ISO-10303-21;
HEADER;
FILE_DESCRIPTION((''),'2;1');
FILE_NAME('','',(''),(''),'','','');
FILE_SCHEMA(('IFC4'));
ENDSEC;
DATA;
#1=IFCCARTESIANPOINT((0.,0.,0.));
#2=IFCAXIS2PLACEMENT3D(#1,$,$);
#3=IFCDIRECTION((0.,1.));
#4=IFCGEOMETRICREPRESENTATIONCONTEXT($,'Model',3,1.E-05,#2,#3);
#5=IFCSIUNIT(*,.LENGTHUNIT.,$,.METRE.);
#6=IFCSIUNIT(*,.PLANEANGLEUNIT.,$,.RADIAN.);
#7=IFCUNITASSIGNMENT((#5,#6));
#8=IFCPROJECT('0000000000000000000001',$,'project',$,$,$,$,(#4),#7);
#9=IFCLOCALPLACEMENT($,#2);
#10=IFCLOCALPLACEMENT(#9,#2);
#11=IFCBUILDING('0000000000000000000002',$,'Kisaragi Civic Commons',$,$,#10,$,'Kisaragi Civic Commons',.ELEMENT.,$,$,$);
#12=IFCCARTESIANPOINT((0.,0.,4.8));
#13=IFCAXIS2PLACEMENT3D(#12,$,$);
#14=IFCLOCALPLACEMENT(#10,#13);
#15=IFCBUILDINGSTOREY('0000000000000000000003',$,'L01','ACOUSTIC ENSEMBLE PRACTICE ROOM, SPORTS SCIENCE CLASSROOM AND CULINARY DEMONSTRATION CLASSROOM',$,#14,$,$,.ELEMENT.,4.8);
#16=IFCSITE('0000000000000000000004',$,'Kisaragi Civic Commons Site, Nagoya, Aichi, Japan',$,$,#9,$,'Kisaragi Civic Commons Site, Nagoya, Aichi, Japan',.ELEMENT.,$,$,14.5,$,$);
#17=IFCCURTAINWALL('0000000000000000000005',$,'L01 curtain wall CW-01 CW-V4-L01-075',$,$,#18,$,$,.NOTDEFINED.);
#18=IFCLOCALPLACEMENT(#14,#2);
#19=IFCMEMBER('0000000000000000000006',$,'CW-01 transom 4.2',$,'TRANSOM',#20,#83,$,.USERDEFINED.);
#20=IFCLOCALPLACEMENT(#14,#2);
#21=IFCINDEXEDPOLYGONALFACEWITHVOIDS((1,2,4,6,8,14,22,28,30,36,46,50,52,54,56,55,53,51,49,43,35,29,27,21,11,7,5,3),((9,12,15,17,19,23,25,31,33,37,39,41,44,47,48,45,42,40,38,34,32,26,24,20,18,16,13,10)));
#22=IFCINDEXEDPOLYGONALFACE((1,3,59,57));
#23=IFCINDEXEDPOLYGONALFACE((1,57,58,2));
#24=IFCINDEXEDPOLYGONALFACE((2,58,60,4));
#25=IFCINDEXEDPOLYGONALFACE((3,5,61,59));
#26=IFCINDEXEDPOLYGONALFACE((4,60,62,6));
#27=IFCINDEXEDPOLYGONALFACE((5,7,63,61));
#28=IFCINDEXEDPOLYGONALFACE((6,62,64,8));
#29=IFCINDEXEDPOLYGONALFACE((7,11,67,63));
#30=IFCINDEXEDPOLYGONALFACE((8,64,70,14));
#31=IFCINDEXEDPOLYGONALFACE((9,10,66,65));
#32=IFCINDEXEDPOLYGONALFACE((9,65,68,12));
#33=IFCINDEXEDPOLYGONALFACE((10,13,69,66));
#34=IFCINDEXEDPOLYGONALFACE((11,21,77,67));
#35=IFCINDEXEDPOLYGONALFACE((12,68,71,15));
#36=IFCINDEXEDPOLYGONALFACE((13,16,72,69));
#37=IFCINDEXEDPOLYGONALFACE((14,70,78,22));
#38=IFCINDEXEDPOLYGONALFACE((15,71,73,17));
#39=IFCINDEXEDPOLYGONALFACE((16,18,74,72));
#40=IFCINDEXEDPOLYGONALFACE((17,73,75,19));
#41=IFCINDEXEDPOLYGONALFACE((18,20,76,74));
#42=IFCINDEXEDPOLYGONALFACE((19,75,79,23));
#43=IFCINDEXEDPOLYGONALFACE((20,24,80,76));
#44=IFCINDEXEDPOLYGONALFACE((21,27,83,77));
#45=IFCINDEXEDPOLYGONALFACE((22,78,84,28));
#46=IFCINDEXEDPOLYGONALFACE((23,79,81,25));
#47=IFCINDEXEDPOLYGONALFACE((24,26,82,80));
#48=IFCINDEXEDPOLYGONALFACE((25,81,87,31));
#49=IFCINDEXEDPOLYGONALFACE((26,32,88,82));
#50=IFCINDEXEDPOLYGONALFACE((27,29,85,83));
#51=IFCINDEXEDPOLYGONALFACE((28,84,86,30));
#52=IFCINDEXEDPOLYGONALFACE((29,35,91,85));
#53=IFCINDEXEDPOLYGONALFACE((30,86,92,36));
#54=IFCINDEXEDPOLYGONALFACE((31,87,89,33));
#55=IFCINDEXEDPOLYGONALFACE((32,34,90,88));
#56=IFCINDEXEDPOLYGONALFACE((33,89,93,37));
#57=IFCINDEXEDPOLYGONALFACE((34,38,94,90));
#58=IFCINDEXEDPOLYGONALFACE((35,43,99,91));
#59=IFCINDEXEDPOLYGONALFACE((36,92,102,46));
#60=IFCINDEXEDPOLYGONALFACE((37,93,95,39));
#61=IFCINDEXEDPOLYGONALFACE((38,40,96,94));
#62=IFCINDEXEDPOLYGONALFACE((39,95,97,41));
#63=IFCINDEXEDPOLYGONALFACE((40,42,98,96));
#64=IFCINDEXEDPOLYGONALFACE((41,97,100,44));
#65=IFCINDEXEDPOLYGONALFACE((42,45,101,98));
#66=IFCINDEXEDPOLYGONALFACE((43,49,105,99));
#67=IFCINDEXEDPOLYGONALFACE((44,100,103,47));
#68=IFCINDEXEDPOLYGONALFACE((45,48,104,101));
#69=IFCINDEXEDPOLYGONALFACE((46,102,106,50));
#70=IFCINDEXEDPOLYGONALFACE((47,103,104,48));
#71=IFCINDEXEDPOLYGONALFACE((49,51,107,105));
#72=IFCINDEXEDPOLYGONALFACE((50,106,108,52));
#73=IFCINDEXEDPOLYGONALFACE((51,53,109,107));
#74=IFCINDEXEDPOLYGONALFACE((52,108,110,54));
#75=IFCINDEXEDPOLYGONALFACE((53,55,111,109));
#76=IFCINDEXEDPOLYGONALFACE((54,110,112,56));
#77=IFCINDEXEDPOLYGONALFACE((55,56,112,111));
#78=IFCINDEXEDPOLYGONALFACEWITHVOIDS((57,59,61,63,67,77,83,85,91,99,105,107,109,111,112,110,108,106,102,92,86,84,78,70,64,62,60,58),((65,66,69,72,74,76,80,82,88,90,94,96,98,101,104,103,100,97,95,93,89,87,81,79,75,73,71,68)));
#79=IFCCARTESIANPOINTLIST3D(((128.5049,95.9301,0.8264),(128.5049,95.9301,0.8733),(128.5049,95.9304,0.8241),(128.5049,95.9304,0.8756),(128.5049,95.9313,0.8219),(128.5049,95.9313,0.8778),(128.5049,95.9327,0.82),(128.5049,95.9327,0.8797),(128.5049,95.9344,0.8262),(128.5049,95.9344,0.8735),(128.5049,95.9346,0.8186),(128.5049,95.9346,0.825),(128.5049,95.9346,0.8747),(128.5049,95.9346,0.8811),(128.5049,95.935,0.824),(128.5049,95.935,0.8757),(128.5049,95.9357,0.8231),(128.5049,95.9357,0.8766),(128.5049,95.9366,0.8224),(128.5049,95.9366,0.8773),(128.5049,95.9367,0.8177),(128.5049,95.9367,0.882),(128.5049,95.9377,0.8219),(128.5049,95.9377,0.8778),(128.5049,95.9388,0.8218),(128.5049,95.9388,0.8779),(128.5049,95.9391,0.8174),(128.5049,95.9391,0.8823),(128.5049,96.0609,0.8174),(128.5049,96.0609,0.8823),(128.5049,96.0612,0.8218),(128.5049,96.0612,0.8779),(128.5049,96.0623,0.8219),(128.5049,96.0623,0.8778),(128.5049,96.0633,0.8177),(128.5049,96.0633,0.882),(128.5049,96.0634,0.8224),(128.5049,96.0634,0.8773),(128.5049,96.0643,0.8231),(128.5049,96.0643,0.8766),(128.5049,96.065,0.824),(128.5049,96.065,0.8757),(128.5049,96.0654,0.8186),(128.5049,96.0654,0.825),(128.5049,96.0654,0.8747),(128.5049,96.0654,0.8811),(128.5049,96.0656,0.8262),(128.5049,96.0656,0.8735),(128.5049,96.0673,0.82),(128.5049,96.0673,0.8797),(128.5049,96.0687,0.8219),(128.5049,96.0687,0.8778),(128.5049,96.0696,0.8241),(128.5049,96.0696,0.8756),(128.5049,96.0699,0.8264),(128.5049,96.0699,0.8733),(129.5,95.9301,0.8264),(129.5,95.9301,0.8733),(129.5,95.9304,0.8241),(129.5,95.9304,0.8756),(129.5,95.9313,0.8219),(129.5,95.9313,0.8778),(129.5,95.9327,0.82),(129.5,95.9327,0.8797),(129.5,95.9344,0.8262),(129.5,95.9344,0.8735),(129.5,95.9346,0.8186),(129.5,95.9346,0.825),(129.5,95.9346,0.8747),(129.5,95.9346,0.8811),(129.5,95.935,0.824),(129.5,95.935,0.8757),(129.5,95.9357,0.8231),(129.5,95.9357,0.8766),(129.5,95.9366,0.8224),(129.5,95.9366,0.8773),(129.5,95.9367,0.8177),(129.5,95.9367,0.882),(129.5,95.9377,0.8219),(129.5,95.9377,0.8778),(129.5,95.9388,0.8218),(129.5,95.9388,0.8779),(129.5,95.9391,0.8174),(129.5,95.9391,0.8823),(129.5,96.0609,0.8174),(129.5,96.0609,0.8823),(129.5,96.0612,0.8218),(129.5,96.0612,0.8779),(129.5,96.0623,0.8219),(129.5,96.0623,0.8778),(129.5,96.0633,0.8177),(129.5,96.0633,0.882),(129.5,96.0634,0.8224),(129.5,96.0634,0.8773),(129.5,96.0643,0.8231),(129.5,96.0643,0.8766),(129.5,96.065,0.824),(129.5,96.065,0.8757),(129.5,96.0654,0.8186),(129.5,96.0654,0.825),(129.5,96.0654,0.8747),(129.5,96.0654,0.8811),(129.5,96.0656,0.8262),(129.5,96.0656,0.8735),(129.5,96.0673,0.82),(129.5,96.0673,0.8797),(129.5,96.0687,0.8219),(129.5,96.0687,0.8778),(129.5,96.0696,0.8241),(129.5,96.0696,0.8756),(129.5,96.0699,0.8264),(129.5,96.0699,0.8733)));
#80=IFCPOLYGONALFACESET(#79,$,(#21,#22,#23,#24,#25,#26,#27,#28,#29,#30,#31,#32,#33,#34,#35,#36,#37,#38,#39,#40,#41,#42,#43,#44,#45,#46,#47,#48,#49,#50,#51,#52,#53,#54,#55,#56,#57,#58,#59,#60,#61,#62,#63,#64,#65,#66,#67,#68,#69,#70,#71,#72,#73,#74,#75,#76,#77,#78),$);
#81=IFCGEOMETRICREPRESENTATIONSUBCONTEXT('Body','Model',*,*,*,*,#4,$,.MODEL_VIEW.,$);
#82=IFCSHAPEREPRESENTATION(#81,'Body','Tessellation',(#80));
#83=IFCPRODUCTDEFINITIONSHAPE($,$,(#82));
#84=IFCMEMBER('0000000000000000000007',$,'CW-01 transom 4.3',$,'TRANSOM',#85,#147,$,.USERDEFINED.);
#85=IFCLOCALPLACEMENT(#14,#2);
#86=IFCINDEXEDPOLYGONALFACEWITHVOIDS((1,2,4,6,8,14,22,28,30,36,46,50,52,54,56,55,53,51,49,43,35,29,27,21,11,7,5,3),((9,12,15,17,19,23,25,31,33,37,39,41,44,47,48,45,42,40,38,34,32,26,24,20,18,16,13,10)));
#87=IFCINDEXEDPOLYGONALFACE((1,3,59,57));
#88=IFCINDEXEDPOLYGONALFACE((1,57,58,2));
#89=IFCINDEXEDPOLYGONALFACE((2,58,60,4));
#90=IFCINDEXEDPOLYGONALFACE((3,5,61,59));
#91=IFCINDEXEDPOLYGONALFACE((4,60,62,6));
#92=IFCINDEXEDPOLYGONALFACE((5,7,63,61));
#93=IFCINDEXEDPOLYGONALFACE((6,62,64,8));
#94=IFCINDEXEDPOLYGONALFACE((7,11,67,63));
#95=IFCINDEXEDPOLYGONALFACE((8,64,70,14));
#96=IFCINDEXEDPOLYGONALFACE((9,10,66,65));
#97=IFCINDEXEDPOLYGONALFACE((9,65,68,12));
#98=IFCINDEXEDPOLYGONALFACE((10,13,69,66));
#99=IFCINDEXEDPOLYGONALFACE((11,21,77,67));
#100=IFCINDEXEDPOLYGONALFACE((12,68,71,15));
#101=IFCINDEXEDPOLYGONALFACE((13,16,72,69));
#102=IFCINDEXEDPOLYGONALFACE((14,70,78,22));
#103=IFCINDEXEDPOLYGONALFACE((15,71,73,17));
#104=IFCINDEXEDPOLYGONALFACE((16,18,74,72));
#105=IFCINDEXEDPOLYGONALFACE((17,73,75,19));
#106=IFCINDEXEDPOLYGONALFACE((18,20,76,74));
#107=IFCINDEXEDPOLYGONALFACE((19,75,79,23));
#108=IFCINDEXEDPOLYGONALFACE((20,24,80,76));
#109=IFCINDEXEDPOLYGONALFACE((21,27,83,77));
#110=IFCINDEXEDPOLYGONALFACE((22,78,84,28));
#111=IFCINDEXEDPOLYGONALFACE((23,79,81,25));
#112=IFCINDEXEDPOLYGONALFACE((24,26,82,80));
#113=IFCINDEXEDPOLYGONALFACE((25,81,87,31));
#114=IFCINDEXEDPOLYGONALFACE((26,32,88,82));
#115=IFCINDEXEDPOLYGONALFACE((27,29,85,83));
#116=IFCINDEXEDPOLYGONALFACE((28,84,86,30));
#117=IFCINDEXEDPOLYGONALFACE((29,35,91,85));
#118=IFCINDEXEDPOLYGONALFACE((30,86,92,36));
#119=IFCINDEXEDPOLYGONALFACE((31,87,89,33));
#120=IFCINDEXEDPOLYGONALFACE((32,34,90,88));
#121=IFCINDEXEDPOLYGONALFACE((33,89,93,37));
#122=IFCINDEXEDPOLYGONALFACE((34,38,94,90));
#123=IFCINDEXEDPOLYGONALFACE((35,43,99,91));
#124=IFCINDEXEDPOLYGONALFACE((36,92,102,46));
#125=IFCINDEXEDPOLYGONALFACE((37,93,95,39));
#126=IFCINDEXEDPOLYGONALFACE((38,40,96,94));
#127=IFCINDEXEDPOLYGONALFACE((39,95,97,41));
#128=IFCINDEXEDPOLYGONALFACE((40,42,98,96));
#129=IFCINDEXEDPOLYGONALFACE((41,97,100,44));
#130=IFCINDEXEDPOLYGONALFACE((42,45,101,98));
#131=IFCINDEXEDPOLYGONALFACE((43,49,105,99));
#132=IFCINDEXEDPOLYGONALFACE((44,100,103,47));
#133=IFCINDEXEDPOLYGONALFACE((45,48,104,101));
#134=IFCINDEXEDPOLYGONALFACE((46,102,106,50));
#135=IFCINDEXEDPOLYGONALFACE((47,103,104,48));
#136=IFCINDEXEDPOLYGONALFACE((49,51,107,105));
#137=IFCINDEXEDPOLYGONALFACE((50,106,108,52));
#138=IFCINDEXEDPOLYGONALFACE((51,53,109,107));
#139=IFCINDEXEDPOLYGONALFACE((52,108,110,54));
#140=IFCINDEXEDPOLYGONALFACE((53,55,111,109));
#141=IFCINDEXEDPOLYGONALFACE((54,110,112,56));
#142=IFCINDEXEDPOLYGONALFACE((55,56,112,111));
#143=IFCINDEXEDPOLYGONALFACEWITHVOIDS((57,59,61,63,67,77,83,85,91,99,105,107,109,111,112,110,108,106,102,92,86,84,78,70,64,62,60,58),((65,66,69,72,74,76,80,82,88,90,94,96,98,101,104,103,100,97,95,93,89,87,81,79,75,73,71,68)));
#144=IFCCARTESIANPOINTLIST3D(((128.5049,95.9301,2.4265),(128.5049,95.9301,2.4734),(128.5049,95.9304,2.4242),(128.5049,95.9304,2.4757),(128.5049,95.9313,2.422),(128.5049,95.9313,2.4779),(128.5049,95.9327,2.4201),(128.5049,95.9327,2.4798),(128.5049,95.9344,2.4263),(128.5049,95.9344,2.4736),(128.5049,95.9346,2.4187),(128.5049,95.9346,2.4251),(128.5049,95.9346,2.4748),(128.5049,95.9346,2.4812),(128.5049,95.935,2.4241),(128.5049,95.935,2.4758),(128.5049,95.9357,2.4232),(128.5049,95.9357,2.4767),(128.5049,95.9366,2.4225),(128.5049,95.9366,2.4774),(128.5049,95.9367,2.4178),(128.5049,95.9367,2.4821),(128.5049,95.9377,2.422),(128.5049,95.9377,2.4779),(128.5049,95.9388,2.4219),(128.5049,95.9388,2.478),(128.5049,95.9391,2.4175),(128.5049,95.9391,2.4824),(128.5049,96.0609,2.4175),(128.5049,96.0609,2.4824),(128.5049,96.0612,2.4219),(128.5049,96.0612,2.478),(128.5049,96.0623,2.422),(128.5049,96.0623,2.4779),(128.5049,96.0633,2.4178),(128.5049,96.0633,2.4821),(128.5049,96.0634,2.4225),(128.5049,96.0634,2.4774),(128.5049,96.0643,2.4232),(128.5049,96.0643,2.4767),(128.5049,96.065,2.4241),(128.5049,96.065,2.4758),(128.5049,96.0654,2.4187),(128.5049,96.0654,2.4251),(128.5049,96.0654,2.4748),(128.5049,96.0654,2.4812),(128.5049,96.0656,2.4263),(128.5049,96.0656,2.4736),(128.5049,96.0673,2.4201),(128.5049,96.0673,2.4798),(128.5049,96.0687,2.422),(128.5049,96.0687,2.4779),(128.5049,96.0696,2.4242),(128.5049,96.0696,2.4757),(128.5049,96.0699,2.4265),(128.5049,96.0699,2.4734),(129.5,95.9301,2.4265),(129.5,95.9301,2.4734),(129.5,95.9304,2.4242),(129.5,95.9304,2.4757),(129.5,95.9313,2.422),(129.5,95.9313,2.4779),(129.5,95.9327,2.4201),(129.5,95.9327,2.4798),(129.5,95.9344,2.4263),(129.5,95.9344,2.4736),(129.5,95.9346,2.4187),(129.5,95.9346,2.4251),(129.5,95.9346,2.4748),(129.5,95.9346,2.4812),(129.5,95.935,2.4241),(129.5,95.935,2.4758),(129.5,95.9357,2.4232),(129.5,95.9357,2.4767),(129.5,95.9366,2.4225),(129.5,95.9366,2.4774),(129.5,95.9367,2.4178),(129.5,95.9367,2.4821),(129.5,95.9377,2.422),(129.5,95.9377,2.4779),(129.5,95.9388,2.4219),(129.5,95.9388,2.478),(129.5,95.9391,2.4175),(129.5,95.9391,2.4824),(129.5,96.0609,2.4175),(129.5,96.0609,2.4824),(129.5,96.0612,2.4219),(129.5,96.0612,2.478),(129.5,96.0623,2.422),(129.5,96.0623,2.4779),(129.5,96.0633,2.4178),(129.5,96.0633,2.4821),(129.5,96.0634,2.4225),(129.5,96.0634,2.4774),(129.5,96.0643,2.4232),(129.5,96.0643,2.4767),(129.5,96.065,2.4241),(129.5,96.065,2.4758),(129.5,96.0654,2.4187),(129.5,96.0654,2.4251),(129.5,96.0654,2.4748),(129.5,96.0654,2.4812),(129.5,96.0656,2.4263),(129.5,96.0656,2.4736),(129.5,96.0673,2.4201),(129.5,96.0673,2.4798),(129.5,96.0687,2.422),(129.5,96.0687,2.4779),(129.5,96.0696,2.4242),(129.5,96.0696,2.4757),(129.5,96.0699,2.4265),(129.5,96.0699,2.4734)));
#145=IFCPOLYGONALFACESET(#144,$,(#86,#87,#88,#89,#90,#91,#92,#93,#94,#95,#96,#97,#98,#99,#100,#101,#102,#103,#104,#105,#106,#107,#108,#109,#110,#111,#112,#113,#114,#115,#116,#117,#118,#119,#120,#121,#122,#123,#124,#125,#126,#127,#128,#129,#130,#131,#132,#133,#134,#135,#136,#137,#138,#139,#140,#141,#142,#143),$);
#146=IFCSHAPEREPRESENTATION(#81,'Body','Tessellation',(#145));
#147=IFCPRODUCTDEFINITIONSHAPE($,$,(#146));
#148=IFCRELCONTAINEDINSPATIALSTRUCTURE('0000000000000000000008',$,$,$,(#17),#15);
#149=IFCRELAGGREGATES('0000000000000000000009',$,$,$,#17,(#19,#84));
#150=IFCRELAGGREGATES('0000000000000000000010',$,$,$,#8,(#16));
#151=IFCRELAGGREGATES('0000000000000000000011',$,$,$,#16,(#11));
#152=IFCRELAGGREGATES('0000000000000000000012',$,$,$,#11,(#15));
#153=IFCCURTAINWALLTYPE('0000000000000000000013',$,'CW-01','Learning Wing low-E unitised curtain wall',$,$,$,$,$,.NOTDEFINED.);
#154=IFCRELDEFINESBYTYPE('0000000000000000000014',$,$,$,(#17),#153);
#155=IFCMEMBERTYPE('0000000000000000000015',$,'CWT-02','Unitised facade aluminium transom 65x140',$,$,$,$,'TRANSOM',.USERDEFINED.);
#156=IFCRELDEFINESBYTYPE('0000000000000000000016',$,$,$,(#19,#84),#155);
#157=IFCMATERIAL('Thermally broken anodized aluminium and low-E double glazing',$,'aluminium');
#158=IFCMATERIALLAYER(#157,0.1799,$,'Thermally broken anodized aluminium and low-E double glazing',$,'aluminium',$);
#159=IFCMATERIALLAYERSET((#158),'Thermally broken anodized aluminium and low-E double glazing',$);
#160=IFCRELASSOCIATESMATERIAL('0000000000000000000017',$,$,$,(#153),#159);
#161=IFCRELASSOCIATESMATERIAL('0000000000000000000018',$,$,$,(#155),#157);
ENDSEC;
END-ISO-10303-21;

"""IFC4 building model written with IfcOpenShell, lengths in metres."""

from ifc_helpers import new_model, si_unit, direction, frame, origin, origin_2d, place, context, subcontext, project, spatial, hollow_rectangle, extrude, material, layer, layer_set, material_profile, profile_set, type_object, element, aggregate, save


model = new_model("IFC4")

# Units and contexts
model_context = context("Model", 3, precision=1e-05, world=origin(), true_north=direction((0.0, 1.0)))
body_context = subcontext(model_context, "Body", "Model", "MODEL_VIEW")
ifc_project = project(units=[si_unit("LENGTHUNIT", "METRE"), si_unit("PLANEANGLEUNIT", "RADIAN")], contexts=[model_context])

# Site, building, storey
site_placement = place(None, origin())
site = spatial("IfcSite", under=ifc_project, at=site_placement, Name="Kisaragi Civic Commons Site, Nagoya, Aichi, Japan", LongName="Kisaragi Civic Commons Site, Nagoya, Aichi, Japan", CompositionType="ELEMENT", RefElevation=14.5)
building_placement = place(site_placement, origin())
building = spatial("IfcBuilding", under=site, at=building_placement, Name="Kisaragi Civic Commons", LongName="Kisaragi Civic Commons", CompositionType="ELEMENT")
storey_placement = place(building_placement, frame((0.0, 0.0, 4.8)))
storey = spatial("IfcBuildingStorey", under=building, at=storey_placement, Name="L01", Description="ACOUSTIC ENSEMBLE PRACTICE ROOM, SPORTS SCIENCE CLASSROOM AND CULINARY DEMONSTRATION CLASSROOM", CompositionType="ELEMENT", Elevation=4.8)

# Curtain wall, members
ifc_material = material(Name="Thermally broken anodized aluminium and low-E double glazing", Category="aluminium")
ifc_layer_1 = layer(ifc_material, 0.1799, Name="Thermally broken anodized aluminium and low-E double glazing", Category="aluminium")
ifc_layer_set_1 = layer_set([ifc_layer_1], Name="Thermally broken anodized aluminium and low-E double glazing")
curtain_wall_type = type_object("IfcCurtainWallType", Name="CW-01", Description="Learning Wing low-E unitised curtain wall", PredefinedType="NOTDEFINED", material=ifc_layer_set_1)
curtain_wall_placement = place(storey_placement, origin())
curtain_wall = element("IfcCurtainWall", 1, at=curtain_wall_placement, inside=storey, type_object=curtain_wall_type, Name="L01 curtain wall CW-01 CW-V4-L01-075", PredefinedType="NOTDEFINED")
ifc_material_profile_1 = material_profile(ifc_material, hollow_rectangle(XDim=0.1399, YDim=0.0649, WallThickness=0.0044, InnerFilletRadius=0.0044, OuterFilletRadius=0.009, at=origin_2d()), Name="CWT-65x140x4.5", Category="aluminium")
ifc_profile_set_1 = profile_set([ifc_material_profile_1], Name="Thermally broken anodized aluminium and low-E double glazing")
member_type_1 = type_object("IfcMemberType", Name="CWT-02", Description="Unitised facade aluminium transom 65x140", ElementType="TRANSOM", PredefinedType="USERDEFINED", material=ifc_profile_set_1)
member_1_placement = place(storey_placement, frame((129.5, 96.0, 0.8499), z_axis=(-1.0, 0.0, 0.0), x_axis=(0.0, -1.0, 0.0)))
member_1 = element("IfcMember", 2, at=member_1_placement, type_object=member_type_1, Name="CW-01 transom 4.2", ObjectType="TRANSOM", PredefinedType="USERDEFINED", context=body_context, shape_type="SweptSolid", body=[
    extrude(hollow_rectangle(XDim=0.1399, YDim=0.0649, WallThickness=0.0044, InnerFilletRadius=0.0044, OuterFilletRadius=0.009, at=origin_2d()), origin(), (0.0, 0.0, 1.0), 0.9951),
])
member_2_placement = place(storey_placement, frame((129.5, 96.0, 2.45), z_axis=(-1.0, 0.0, 0.0), x_axis=(0.0, -1.0, 0.0)))
member_2 = element("IfcMember", 3, at=member_2_placement, type_object=member_type_1, Name="CW-01 transom 4.3", ObjectType="TRANSOM", PredefinedType="USERDEFINED", context=body_context, shape_type="SweptSolid", body=[
    extrude(hollow_rectangle(XDim=0.1399, YDim=0.0649, WallThickness=0.0044, InnerFilletRadius=0.0044, OuterFilletRadius=0.009, at=origin_2d()), origin(), (0.0, 0.0, 1.0), 0.9951),
])
aggregate(curtain_wall, [member_1, member_2])

save(model, "model.ifc")
